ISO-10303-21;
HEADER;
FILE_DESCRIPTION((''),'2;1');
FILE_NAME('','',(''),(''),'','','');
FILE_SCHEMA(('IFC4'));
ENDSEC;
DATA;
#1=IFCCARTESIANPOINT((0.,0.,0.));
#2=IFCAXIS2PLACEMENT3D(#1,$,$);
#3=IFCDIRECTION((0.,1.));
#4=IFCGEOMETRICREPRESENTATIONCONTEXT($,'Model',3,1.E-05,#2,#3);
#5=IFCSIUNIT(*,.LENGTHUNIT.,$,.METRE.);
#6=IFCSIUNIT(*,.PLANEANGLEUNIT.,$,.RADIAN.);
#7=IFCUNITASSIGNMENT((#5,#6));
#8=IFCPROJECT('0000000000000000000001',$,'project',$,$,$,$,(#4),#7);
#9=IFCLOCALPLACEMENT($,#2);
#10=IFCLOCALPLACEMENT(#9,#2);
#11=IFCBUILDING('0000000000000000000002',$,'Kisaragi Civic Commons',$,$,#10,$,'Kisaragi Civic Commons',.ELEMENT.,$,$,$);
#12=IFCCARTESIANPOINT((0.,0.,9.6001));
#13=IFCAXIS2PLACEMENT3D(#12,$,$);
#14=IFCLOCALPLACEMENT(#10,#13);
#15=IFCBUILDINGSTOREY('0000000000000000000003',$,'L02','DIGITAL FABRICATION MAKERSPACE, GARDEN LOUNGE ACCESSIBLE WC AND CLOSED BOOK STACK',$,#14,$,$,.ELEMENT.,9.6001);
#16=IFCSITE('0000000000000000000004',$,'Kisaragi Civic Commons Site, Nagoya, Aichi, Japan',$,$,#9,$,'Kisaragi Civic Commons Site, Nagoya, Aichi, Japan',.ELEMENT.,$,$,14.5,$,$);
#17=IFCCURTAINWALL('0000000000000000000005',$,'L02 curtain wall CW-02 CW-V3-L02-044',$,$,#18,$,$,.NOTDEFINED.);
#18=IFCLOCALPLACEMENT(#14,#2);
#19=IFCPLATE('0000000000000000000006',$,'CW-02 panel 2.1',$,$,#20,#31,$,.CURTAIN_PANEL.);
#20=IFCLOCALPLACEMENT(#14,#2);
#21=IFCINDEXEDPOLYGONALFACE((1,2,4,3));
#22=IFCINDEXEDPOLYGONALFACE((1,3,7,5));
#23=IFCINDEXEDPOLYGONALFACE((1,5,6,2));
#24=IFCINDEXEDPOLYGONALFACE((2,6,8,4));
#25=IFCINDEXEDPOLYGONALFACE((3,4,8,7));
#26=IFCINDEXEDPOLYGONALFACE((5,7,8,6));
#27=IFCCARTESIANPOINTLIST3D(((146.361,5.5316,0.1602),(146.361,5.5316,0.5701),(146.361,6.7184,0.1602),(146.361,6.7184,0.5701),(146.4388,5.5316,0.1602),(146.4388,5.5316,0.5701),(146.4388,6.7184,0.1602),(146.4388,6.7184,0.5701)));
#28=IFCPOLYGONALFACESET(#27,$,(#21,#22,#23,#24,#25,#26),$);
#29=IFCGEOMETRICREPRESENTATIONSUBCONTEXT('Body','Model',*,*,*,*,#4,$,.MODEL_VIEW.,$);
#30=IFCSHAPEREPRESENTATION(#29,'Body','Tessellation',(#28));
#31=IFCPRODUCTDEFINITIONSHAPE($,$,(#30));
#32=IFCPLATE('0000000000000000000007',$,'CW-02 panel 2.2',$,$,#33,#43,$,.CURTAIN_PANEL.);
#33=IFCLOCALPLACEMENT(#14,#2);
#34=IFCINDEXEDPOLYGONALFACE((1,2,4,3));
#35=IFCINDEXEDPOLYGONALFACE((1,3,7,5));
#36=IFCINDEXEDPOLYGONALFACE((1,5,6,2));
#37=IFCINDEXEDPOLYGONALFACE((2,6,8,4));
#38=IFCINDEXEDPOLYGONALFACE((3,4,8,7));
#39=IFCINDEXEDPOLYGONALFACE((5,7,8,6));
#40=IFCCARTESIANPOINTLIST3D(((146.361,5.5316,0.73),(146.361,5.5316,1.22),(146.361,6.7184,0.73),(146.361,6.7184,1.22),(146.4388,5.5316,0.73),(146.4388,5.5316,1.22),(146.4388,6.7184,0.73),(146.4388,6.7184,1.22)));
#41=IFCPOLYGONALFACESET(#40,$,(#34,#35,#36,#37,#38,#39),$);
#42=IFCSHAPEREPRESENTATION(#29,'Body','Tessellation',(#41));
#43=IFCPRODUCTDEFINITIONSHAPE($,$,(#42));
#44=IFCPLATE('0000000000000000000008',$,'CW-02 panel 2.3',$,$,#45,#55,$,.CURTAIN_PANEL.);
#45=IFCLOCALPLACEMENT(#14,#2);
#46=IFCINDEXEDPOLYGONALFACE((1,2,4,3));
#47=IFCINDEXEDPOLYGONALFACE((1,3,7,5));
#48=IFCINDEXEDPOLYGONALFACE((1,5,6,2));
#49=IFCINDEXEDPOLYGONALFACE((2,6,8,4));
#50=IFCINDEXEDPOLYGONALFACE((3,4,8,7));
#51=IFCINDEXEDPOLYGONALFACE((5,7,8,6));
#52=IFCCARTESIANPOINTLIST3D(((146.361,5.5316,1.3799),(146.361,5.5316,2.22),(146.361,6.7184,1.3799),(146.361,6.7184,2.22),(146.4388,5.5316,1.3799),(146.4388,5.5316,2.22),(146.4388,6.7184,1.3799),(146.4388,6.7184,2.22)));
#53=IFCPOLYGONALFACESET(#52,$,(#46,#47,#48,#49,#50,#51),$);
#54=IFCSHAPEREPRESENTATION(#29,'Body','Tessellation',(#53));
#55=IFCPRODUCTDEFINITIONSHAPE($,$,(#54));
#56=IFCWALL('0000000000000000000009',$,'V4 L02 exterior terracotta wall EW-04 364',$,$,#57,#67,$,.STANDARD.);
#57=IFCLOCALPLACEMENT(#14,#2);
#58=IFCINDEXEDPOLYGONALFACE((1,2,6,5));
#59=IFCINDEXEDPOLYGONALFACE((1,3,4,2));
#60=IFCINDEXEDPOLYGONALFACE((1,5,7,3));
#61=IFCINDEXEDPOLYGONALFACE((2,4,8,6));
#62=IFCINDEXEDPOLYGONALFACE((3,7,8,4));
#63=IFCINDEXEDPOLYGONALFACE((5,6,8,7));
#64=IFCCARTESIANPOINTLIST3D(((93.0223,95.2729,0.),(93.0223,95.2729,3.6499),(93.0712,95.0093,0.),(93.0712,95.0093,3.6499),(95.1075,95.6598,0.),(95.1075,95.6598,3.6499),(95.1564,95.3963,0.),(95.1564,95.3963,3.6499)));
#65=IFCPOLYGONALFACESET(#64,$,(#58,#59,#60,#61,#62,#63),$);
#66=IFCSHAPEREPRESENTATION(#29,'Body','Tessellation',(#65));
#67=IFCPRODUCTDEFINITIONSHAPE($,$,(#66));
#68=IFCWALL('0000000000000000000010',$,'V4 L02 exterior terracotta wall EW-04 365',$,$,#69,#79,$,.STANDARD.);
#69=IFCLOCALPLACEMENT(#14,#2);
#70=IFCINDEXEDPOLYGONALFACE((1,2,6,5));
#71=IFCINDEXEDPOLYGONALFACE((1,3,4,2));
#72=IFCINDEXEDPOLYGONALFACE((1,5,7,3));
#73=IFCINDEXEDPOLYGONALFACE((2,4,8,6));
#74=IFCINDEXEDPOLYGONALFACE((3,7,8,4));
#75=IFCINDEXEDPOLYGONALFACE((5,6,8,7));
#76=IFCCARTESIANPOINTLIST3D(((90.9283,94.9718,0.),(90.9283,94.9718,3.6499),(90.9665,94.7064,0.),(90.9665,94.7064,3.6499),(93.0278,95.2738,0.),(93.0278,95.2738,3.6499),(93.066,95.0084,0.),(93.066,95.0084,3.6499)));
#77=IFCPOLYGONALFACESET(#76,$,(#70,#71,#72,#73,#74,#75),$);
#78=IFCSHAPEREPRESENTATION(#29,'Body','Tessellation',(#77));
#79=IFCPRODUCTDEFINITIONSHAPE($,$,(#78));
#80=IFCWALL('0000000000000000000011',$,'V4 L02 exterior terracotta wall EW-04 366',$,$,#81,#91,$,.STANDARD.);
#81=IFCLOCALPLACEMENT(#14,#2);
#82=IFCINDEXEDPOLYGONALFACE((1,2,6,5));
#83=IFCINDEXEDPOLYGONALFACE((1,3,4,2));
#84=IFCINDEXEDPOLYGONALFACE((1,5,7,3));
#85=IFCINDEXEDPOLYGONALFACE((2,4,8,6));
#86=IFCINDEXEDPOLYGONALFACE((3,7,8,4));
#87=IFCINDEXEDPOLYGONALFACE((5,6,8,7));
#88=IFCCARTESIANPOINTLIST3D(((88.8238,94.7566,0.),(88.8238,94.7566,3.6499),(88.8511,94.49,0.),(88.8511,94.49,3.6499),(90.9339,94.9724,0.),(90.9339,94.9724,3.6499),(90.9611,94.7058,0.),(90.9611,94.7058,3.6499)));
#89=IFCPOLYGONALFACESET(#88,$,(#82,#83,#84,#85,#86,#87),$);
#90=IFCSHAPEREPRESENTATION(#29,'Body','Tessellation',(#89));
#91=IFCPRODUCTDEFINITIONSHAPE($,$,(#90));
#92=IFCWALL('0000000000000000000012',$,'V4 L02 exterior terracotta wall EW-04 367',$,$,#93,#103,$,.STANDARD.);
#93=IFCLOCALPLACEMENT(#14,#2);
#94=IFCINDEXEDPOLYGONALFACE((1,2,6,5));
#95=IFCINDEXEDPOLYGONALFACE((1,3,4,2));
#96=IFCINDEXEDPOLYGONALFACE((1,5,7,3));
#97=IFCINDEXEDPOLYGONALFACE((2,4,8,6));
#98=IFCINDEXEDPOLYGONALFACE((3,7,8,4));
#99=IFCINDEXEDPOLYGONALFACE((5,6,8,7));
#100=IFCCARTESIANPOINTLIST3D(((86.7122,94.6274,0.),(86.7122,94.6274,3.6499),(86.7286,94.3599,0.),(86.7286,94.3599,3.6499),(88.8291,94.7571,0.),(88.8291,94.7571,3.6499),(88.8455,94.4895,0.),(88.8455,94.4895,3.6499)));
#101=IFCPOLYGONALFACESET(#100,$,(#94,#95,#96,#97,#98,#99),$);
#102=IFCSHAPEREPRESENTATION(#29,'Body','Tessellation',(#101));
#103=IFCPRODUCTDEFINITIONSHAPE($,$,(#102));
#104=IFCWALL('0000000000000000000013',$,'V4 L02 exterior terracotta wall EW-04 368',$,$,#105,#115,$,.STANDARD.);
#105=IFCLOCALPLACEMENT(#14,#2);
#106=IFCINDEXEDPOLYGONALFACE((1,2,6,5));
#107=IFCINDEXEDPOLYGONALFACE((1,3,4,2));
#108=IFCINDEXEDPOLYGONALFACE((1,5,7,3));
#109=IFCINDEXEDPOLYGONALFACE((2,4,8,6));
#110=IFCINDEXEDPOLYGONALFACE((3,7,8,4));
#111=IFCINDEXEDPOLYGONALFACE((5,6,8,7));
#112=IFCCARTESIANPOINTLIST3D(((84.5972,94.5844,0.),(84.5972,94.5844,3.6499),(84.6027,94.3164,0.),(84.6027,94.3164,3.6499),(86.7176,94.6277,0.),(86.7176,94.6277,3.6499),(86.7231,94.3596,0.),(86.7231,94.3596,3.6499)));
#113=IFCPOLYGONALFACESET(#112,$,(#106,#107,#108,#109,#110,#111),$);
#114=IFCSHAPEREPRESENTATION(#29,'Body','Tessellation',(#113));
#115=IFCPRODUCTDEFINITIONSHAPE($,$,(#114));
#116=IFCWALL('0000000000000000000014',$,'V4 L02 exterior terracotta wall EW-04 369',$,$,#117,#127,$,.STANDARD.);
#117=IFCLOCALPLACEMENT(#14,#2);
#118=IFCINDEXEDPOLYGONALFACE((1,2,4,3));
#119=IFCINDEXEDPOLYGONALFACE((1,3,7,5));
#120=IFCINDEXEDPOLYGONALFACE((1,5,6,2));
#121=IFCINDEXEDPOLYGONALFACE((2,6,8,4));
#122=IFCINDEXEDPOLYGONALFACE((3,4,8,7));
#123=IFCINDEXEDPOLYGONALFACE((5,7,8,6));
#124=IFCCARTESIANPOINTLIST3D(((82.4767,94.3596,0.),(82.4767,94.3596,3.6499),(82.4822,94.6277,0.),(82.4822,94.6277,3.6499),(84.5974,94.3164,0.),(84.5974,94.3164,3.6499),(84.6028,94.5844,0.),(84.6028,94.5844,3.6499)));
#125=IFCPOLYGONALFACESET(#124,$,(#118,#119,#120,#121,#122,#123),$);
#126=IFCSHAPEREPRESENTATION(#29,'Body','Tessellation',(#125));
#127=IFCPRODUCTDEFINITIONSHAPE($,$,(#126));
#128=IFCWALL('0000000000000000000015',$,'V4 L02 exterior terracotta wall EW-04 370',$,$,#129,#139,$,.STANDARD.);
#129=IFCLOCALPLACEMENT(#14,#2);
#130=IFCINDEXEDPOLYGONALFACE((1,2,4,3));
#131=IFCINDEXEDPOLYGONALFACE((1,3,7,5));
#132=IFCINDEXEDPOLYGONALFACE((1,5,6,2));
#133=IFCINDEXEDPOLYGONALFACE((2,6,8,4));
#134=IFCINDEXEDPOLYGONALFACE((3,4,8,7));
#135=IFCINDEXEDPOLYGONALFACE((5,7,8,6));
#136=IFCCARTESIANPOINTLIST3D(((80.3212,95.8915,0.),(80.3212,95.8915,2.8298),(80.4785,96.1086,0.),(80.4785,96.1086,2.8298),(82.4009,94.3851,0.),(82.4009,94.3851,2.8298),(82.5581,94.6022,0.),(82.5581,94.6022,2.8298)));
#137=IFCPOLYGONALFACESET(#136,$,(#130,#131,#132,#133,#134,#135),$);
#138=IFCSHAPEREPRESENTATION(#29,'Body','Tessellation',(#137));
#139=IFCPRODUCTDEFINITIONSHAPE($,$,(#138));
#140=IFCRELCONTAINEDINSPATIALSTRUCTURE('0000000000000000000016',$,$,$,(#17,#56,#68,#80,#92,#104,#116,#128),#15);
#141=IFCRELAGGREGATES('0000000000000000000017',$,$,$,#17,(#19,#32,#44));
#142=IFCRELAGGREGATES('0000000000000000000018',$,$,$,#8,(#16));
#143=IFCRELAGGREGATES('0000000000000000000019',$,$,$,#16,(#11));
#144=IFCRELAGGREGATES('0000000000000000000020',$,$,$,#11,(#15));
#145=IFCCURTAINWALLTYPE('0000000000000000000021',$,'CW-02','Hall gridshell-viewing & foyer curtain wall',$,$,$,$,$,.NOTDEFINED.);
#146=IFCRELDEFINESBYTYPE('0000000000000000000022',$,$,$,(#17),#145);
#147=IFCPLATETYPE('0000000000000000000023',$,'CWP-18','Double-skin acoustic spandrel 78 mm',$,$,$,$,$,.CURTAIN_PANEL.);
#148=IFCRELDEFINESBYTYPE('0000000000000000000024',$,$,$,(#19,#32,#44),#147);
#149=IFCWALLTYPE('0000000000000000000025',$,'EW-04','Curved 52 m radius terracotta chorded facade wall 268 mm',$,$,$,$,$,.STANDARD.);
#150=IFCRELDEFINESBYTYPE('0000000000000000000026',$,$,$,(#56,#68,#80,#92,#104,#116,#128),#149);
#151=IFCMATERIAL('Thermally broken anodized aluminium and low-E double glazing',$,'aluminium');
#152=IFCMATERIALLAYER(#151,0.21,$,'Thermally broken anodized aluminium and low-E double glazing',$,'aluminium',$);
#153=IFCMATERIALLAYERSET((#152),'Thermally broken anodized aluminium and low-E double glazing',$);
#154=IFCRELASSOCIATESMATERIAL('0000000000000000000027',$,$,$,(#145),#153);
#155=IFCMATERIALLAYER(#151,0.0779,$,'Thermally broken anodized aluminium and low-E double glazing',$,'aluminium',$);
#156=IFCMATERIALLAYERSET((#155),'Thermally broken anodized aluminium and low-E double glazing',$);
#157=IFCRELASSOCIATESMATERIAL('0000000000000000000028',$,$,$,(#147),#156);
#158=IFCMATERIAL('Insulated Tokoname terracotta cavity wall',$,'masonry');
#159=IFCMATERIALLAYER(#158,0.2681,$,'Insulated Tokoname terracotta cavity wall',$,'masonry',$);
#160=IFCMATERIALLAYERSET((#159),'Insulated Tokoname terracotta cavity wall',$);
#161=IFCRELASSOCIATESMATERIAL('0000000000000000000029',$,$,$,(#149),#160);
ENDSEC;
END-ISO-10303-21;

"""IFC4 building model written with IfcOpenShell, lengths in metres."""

from ifc_helpers import new_model, si_unit, direction, frame, frame_2d, origin, origin_2d, place, context, subcontext, project, spatial, rectangle, extrude, material, layer, layer_set, type_object, element, aggregate, save


model = new_model("IFC4")

# Units and contexts
model_context = context("Model", 3, precision=1e-05, world=origin(), true_north=direction((0.0, 1.0)))
body_context = subcontext(model_context, "Body", "Model", "MODEL_VIEW")
ifc_project = project(units=[si_unit("LENGTHUNIT", "METRE"), si_unit("PLANEANGLEUNIT", "RADIAN")], contexts=[model_context])

# Site, building, storey
site_placement = place(None, origin())
site = spatial("IfcSite", under=ifc_project, at=site_placement, Name="Kisaragi Civic Commons Site, Nagoya, Aichi, Japan", LongName="Kisaragi Civic Commons Site, Nagoya, Aichi, Japan", CompositionType="ELEMENT", RefElevation=14.5)
building_placement = place(site_placement, origin())
building = spatial("IfcBuilding", under=site, at=building_placement, Name="Kisaragi Civic Commons", LongName="Kisaragi Civic Commons", CompositionType="ELEMENT")
storey_placement = place(building_placement, frame((0.0, 0.0, 9.6001)))
storey = spatial("IfcBuildingStorey", under=building, at=storey_placement, Name="L02", Description="DIGITAL FABRICATION MAKERSPACE, GARDEN LOUNGE ACCESSIBLE WC AND CLOSED BOOK STACK", CompositionType="ELEMENT", Elevation=9.6001)

# Curtain wall
ifc_material_1 = material(Name="Thermally broken anodized aluminium and low-E double glazing", Category="aluminium")
ifc_layer_1 = layer(ifc_material_1, 0.21, Name="Thermally broken anodized aluminium and low-E double glazing", Category="aluminium")
ifc_layer_set_1 = layer_set([ifc_layer_1], Name="Thermally broken anodized aluminium and low-E double glazing")
curtain_wall_type = type_object("IfcCurtainWallType", Name="CW-02", Description="Hall gridshell-viewing & foyer curtain wall", PredefinedType="NOTDEFINED", material=ifc_layer_set_1)
curtain_wall_placement = place(storey_placement, origin())
curtain_wall = element("IfcCurtainWall", 1, at=curtain_wall_placement, inside=storey, type_object=curtain_wall_type, Name="L02 curtain wall CW-02 CW-V3-L02-044", PredefinedType="NOTDEFINED")

# Plates
ifc_layer_2 = layer(ifc_material_1, 0.0779, Name="Thermally broken anodized aluminium and low-E double glazing", Category="aluminium")
ifc_layer_set_2 = layer_set([ifc_layer_2], Name="Thermally broken anodized aluminium and low-E double glazing")
plate_type = type_object("IfcPlateType", Name="CWP-18", Description="Double-skin acoustic spandrel 78 mm", PredefinedType="CURTAIN_PANEL", material=ifc_layer_set_2)
plate_1_placement = place(storey_placement, frame((146.3999, 6.125, 0.1602), z_axis=(0.0, 0.0, 1.0), x_axis=(0.0, 1.0, 0.0)))
plate_1 = element("IfcPlate", 2, at=plate_1_placement, type_object=plate_type, Name="CW-02 panel 2.1", PredefinedType="CURTAIN_PANEL", context=body_context, shape_type="SweptSolid", body=[
    extrude(rectangle(XDim=1.1868, YDim=0.0779, at=origin_2d()), origin(), (0.0, 0.0, 1.0), 0.4099),
])
plate_2_placement = place(storey_placement, frame((146.3999, 6.125, 0.73), z_axis=(0.0, 0.0, 1.0), x_axis=(0.0, 1.0, 0.0)))
plate_2 = element("IfcPlate", 3, at=plate_2_placement, type_object=plate_type, Name="CW-02 panel 2.2", PredefinedType="CURTAIN_PANEL", context=body_context, shape_type="SweptSolid", body=[
    extrude(rectangle(XDim=1.1868, YDim=0.0779, at=origin_2d()), origin(), (0.0, 0.0, 1.0), 0.49),
])
plate_3_placement = place(storey_placement, frame((146.3999, 6.125, 1.3799), z_axis=(0.0, 0.0, 1.0), x_axis=(0.0, 1.0, 0.0)))
plate_3 = element("IfcPlate", 4, at=plate_3_placement, type_object=plate_type, Name="CW-02 panel 2.3", PredefinedType="CURTAIN_PANEL", context=body_context, shape_type="SweptSolid", body=[
    extrude(rectangle(XDim=1.1868, YDim=0.0779, at=origin_2d()), origin(), (0.0, 0.0, 1.0), 0.8401),
])
aggregate(curtain_wall, [plate_1, plate_2, plate_3])

# Walls
ifc_material_2 = material(Name="Insulated Tokoname terracotta cavity wall", Category="masonry")
ifc_layer_3 = layer(ifc_material_2, 0.2681, Name="Insulated Tokoname terracotta cavity wall", Category="masonry")
ifc_layer_set_3 = layer_set([ifc_layer_3], Name="Insulated Tokoname terracotta cavity wall")
wall_type = type_object("IfcWallType", Name="EW-04", Description="Curved 52 m radius terracotta chorded facade wall 268 mm", PredefinedType="STANDARD", material=ifc_layer_set_3)
wall_1_placement = place(storey_placement, frame((95.1321, 95.5281, 0.0), z_axis=(0.0, 0.0, 1.0), x_axis=(-0.983213, -0.18246, 0.0)))
element("IfcWall", 5, at=wall_1_placement, inside=storey, type_object=wall_type, Name="V4 L02 exterior terracotta wall EW-04 364", PredefinedType="STANDARD", context=body_context, shape_type="SweptSolid", body=[
    extrude(rectangle(XDim=2.1208, YDim=0.2681, at=frame_2d((1.0605, 0.0))), origin(), (0.0, 0.0, 1.0), 3.6499),
])
for number, where, z_axis, x_axis, name in (
    (6, (93.0469, 95.1411, 0.0), (0.0, 0.0, 1.0), (-0.989811, -0.142388, 0.0), "V4 L02 exterior terracotta wall EW-04 365"),
    (7, (90.9475, 94.8391, 0.0), (0.0, 0.0, 1.0), (-0.99481, -0.101748, 0.0), "V4 L02 exterior terracotta wall EW-04 366"),
):
    element("IfcWall", number, at=place(storey_placement, frame(where, z_axis=z_axis, x_axis=x_axis)), inside=storey, type_object=wall_type, Name=name, PredefinedType="STANDARD", context=body_context, shape_type="SweptSolid", body=[
        extrude(rectangle(XDim=2.1211, YDim=0.2681, at=frame_2d((1.0605, 0.0))), origin(), (0.0, 0.0, 1.0), 3.6499),
    ])
for number, where, z_axis, x_axis, name in (
    (8, (88.8374, 94.6233, 0.0), (0.0, 0.0, 1.0), (-0.99813, -0.061124, 0.0), "V4 L02 exterior terracotta wall EW-04 367"),
    (9, (86.7205, 94.4937, 0.0), (0.0, 0.0, 1.0), (-0.999792, -0.020376, 0.0), "V4 L02 exterior terracotta wall EW-04 368"),
):
    element("IfcWall", number, at=place(storey_placement, frame(where, z_axis=z_axis, x_axis=x_axis)), inside=storey, type_object=wall_type, Name=name, PredefinedType="STANDARD", context=body_context, shape_type="SweptSolid", body=[
        extrude(rectangle(XDim=2.1208, YDim=0.2681, at=frame_2d((1.0605, 0.0))), origin(), (0.0, 0.0, 1.0), 3.6499),
    ])
wall_2_placement = place(storey_placement, frame((84.6001, 94.4504, 0.0), z_axis=(0.0, 0.0, 1.0), x_axis=(-0.999792, 0.020373, 0.0)))
element("IfcWall", 10, at=wall_2_placement, inside=storey, type_object=wall_type, Name="V4 L02 exterior terracotta wall EW-04 369", PredefinedType="STANDARD", context=body_context, shape_type="SweptSolid", body=[
    extrude(rectangle(XDim=2.1211, YDim=0.2681, at=frame_2d((1.0605, 0.0))), origin(), (0.0, 0.0, 1.0), 3.6499),
])
wall_3_placement = place(storey_placement, frame((82.4795, 94.4937, 0.0), z_axis=(0.0, 0.0, 1.0), x_axis=(-0.809861, 0.586622, 0.0)))
element("IfcWall", 11, at=wall_3_placement, inside=storey, type_object=wall_type, Name="V4 L02 exterior terracotta wall EW-04 370", PredefinedType="STANDARD", context=body_context, shape_type="SweptSolid", body=[
    extrude(rectangle(XDim=2.5679, YDim=0.2681, at=frame_2d((1.2839, 0.0))), origin(), (0.0, 0.0, 1.0), 2.8298),
])

save(model, "model.ifc")
